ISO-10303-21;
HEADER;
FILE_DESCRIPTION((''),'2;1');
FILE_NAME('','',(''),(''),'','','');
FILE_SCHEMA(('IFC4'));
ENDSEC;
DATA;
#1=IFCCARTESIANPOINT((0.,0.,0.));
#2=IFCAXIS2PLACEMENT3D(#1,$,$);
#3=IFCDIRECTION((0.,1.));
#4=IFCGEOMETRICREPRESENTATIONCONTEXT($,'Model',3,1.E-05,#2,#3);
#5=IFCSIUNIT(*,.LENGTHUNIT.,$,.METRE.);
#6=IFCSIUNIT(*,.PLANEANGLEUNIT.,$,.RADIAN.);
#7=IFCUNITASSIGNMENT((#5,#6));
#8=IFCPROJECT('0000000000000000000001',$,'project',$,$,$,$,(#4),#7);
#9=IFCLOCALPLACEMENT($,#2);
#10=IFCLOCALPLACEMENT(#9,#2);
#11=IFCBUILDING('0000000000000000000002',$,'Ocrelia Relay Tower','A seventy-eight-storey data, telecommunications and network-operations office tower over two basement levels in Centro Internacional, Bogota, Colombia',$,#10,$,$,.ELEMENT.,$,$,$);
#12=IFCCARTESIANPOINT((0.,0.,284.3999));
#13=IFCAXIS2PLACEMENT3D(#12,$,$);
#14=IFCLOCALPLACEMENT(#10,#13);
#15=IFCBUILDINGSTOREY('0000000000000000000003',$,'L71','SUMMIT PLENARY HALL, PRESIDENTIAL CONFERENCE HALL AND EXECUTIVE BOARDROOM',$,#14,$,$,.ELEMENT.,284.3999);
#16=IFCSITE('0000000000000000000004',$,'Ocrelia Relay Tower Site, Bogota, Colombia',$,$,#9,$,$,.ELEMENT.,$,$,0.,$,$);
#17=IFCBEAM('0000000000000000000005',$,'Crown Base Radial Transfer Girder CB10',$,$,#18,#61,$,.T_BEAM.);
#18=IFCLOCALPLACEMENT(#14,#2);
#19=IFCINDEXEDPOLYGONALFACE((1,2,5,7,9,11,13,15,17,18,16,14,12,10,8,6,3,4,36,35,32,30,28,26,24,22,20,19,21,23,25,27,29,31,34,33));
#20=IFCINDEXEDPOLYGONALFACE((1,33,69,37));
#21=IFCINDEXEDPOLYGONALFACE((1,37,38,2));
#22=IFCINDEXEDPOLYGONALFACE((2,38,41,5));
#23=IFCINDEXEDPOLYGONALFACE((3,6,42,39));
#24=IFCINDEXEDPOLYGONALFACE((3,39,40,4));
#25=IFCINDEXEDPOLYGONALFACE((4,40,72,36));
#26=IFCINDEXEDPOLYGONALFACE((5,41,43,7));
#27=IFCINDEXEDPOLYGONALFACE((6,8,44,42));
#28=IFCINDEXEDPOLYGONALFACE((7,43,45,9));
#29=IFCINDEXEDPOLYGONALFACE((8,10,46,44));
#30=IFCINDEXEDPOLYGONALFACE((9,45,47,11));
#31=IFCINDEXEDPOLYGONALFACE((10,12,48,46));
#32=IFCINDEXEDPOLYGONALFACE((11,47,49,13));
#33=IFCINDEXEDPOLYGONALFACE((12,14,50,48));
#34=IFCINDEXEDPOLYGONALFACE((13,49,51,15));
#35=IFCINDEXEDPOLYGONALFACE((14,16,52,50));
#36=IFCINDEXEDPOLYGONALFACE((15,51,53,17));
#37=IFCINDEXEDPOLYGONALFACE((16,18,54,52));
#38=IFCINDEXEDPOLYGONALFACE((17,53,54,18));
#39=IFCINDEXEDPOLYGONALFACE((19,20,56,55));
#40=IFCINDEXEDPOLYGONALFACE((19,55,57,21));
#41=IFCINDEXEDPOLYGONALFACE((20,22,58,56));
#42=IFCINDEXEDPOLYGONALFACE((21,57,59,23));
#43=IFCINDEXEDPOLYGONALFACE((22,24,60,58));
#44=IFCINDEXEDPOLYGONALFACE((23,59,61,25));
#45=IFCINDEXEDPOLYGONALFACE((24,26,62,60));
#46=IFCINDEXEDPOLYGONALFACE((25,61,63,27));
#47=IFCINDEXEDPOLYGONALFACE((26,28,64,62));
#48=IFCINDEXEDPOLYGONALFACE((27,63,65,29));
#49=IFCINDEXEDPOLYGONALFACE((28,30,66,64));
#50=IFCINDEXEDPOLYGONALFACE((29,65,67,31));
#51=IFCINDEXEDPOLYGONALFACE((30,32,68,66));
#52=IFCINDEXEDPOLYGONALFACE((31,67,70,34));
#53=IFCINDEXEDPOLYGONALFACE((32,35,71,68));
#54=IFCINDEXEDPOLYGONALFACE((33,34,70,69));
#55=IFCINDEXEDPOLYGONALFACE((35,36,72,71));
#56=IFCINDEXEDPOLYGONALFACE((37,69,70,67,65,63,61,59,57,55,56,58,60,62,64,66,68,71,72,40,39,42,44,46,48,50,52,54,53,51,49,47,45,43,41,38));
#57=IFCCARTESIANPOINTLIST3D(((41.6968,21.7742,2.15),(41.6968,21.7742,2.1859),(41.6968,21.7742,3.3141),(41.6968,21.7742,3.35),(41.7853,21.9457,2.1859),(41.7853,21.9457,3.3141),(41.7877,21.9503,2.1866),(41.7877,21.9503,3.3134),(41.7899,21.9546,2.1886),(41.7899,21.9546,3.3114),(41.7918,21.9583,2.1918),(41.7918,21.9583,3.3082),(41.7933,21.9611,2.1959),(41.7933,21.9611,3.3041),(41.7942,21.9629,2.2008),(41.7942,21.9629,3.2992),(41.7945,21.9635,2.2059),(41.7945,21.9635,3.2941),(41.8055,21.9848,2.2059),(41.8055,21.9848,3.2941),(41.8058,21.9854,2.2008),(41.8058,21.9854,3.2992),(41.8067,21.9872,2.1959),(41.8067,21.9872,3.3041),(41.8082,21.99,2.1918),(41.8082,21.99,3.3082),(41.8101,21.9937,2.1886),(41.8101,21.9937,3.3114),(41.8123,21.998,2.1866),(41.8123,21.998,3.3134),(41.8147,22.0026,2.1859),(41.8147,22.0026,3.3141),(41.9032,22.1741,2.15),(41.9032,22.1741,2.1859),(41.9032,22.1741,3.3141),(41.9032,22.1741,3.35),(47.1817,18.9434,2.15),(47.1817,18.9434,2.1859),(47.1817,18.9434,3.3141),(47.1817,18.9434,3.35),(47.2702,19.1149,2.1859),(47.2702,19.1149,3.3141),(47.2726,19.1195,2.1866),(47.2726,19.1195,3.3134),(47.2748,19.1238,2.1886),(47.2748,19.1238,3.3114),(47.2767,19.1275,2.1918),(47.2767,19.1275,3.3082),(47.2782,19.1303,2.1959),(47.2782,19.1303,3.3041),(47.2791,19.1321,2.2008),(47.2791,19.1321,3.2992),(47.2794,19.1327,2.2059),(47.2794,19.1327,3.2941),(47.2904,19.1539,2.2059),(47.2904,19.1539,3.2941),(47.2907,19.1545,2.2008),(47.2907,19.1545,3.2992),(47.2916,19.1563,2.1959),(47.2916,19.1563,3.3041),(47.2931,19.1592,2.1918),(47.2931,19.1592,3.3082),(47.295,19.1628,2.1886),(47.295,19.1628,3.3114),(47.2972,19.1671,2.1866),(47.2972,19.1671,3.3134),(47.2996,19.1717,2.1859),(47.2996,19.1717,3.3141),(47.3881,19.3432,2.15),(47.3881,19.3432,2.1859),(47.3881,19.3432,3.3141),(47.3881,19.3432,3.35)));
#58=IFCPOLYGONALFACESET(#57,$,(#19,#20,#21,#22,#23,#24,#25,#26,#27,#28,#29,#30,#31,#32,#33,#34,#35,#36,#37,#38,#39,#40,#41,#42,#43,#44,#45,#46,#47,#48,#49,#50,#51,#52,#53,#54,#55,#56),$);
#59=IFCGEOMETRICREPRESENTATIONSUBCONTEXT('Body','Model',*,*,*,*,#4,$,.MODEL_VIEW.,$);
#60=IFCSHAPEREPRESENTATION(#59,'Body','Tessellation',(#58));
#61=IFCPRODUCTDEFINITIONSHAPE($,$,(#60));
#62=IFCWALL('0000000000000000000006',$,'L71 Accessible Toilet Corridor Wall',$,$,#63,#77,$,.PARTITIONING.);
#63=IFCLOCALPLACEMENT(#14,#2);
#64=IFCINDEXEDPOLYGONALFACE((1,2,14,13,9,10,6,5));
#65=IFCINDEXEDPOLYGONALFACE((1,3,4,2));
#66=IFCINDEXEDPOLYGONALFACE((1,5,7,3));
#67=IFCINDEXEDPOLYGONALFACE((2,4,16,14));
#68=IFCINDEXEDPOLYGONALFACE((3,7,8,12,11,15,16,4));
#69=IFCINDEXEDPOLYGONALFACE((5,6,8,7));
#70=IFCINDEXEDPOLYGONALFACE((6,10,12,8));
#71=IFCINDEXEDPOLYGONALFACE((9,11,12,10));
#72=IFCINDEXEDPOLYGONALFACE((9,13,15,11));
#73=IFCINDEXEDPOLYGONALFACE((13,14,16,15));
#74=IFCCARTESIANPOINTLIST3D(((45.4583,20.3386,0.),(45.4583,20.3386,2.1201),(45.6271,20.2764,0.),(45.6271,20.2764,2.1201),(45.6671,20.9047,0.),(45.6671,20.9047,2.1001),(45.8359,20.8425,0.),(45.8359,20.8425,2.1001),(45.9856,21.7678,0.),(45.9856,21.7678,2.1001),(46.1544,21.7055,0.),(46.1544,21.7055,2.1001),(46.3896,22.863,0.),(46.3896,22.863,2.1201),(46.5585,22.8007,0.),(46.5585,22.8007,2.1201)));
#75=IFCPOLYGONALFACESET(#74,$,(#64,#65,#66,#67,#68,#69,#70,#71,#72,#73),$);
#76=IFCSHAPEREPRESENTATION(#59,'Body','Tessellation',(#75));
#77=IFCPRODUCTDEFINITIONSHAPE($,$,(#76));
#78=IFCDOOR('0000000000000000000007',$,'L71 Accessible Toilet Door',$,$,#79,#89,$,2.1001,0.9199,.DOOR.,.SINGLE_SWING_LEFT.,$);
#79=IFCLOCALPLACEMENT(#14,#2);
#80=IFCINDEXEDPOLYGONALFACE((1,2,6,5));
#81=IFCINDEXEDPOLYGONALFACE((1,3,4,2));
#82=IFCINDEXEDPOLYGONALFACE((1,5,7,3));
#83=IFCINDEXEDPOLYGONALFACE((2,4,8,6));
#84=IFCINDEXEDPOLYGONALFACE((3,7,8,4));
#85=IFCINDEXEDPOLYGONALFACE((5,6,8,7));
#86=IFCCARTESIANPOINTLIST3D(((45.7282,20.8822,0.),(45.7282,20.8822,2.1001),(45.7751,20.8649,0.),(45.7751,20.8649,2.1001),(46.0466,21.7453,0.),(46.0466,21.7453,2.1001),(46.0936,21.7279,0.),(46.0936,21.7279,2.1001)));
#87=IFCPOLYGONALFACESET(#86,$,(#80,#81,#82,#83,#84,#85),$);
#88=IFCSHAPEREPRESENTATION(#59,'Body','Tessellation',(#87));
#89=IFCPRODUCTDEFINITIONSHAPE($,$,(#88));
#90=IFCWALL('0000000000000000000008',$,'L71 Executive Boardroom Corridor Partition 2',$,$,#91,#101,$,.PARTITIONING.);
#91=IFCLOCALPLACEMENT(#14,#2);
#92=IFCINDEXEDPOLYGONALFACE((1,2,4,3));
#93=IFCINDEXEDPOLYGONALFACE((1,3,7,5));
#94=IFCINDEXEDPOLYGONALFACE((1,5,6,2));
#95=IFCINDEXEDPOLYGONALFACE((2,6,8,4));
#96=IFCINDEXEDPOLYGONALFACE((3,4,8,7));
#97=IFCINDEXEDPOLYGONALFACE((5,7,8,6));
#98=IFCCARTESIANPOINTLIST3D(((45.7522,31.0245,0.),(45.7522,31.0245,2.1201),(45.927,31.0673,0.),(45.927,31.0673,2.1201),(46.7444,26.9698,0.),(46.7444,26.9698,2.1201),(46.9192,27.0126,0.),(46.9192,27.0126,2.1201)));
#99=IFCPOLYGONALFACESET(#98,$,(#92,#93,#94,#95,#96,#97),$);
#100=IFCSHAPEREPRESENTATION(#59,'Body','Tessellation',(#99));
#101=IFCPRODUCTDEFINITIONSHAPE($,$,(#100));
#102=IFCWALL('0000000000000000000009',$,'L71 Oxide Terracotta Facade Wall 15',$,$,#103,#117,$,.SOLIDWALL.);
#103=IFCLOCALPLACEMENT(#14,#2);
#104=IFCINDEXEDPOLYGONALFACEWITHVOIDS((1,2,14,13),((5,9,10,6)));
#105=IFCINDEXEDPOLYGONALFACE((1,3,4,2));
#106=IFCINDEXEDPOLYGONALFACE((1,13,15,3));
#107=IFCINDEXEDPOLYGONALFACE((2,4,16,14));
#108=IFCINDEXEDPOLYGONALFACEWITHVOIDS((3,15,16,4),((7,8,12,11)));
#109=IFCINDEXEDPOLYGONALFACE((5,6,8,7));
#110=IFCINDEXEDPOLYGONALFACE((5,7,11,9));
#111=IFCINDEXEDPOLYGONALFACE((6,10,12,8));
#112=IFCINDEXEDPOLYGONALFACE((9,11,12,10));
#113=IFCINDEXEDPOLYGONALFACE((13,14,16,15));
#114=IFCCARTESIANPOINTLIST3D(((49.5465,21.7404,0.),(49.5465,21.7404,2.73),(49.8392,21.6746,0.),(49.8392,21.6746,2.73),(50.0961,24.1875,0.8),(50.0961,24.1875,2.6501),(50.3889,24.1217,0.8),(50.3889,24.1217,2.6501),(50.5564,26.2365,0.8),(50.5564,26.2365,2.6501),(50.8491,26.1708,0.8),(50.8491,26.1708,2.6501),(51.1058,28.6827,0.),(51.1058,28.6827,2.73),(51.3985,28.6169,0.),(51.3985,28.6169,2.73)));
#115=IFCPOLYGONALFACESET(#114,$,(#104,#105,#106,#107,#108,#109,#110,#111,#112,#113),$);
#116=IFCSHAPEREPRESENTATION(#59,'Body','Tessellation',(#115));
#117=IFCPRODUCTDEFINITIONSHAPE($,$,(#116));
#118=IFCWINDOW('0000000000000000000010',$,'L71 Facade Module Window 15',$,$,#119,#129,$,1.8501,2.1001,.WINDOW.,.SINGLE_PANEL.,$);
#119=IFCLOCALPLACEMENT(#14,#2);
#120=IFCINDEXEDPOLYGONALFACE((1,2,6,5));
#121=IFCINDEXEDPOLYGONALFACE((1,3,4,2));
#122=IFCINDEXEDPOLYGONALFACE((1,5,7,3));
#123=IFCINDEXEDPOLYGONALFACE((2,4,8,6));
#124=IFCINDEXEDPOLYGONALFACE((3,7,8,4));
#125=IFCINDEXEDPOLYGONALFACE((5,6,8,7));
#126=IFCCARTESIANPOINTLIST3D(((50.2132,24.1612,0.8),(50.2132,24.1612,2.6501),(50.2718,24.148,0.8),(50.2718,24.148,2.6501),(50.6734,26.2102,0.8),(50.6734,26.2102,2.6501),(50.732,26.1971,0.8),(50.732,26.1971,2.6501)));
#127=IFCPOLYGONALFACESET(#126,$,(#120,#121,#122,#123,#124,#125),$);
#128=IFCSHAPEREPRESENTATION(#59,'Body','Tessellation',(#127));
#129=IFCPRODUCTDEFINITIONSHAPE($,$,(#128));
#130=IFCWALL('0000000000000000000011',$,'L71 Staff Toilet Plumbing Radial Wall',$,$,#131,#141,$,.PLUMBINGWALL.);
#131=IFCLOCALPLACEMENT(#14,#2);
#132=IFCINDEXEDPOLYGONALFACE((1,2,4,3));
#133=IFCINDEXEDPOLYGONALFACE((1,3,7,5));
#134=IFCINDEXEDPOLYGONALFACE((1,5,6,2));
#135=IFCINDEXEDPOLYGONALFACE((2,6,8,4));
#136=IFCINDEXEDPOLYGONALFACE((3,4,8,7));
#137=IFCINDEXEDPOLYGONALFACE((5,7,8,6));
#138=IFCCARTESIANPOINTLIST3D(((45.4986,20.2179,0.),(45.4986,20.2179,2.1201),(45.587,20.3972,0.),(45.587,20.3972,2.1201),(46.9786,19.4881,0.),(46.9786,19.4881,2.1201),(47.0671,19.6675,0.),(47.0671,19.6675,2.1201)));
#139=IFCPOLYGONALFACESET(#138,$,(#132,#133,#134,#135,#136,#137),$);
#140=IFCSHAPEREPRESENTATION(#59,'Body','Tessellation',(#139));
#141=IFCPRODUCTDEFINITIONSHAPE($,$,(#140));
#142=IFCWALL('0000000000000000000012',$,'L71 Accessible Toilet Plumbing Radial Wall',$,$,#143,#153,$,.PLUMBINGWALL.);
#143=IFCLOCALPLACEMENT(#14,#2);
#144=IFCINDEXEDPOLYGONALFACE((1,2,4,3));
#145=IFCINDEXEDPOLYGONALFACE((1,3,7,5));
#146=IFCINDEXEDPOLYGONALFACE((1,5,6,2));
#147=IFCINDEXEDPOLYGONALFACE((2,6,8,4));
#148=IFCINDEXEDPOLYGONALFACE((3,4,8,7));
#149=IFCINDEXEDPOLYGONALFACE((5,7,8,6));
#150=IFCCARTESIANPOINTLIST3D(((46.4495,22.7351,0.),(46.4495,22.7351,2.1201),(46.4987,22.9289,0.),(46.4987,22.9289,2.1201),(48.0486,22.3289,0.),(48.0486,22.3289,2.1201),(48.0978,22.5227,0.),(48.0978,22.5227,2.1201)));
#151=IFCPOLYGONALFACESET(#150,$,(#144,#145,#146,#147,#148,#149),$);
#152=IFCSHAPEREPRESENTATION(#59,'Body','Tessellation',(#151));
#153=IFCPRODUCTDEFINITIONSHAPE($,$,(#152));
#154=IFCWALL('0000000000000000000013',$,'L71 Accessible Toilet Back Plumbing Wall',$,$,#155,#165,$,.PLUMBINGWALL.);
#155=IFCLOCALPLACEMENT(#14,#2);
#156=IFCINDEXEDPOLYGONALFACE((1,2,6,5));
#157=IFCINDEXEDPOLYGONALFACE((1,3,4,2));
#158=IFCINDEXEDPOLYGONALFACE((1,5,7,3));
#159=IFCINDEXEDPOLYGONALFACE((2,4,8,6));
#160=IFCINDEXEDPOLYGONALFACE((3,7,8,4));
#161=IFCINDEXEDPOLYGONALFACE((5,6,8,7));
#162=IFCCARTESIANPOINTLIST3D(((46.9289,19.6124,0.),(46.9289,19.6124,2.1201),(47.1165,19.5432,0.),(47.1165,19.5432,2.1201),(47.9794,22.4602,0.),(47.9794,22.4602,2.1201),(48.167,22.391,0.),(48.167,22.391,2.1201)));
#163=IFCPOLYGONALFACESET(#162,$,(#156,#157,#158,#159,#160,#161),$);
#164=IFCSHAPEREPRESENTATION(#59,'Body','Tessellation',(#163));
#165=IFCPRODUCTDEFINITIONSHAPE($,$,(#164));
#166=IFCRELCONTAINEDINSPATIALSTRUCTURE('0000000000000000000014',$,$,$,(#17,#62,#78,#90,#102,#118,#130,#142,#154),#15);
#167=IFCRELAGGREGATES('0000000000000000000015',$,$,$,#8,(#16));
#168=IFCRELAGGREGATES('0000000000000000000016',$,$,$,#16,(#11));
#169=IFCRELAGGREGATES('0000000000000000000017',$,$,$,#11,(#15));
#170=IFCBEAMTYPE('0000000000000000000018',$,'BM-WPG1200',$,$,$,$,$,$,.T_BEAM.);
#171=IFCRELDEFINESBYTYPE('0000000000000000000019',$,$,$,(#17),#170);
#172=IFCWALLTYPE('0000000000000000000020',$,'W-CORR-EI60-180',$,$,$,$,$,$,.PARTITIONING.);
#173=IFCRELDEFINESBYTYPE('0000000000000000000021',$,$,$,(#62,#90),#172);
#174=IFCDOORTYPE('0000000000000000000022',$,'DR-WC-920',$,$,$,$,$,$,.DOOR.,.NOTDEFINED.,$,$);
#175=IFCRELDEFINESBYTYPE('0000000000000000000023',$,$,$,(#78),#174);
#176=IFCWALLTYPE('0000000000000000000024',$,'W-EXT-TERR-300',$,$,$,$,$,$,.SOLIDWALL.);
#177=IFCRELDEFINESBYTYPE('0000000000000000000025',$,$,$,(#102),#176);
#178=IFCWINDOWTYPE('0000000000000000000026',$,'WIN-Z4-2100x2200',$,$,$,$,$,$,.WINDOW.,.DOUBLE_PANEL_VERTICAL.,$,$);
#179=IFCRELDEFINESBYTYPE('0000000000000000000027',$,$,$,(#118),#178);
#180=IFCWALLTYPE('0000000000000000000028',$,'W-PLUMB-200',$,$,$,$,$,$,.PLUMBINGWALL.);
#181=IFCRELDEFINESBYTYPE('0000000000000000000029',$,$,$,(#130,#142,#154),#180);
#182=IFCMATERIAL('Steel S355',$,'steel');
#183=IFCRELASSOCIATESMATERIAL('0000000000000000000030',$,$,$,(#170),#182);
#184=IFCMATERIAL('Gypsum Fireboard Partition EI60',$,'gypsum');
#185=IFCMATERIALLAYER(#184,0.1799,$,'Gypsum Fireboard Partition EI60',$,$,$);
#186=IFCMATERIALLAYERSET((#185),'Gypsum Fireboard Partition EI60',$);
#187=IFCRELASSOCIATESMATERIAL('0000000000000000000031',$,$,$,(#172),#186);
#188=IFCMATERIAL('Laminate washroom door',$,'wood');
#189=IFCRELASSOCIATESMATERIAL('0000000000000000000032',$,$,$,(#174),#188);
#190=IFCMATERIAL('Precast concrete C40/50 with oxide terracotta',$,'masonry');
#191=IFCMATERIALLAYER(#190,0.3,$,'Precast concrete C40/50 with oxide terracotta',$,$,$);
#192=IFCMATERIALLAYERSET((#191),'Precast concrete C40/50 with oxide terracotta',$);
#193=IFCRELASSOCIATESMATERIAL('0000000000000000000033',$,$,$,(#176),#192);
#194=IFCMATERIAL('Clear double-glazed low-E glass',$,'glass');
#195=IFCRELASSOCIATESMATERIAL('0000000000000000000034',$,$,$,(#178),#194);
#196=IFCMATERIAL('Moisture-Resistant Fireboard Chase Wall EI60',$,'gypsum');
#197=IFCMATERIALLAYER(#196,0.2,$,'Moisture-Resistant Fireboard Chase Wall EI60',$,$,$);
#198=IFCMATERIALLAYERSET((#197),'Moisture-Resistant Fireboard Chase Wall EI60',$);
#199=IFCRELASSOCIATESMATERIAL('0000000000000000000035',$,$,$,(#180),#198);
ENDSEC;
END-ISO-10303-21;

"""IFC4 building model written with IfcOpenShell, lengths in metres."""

from ifc_helpers import new_model, si_unit, direction, frame, frame_2d, origin, origin_2d, place, context, subcontext, project, spatial, rectangle, i_section, extrude, material, layer, layer_set, material_profile, profile_set, type_object, element, fill, save


model = new_model("IFC4")

# Units and contexts
model_context = context("Model", 3, precision=1e-05, world=origin(), true_north=direction((0.0, 1.0)))
body_context = subcontext(model_context, "Body", "Model", "MODEL_VIEW")
ifc_project = project(units=[si_unit("LENGTHUNIT", "METRE"), si_unit("PLANEANGLEUNIT", "RADIAN")], contexts=[model_context])

# Site, building, storey
site_placement = place(None, origin())
site = spatial("IfcSite", under=ifc_project, at=site_placement, Name="Ocrelia Relay Tower Site, Bogota, Colombia", CompositionType="ELEMENT", RefElevation=0.0)
building_placement = place(site_placement, origin())
building = spatial("IfcBuilding", under=site, at=building_placement, Name="Ocrelia Relay Tower", Description="A seventy-eight-storey data, telecommunications and network-operations office tower over two basement levels in Centro Internacional, Bogota, Colombia", CompositionType="ELEMENT")
storey_placement = place(building_placement, frame((0.0, 0.0, 284.3999)))
storey = spatial("IfcBuildingStorey", under=building, at=storey_placement, Name="L71", Description="SUMMIT PLENARY HALL, PRESIDENTIAL CONFERENCE HALL AND EXECUTIVE BOARDROOM", CompositionType="ELEMENT", Elevation=284.3999)

# Beam
ifc_material_1 = material(Name="Steel S355", Category="steel")
ifc_material_profile_1 = material_profile(ifc_material_1, i_section(OverallWidth=0.45, OverallDepth=1.2, WebThickness=0.0239, FlangeThickness=0.0359, FilletRadius=0.02, at=origin_2d()), Name="WPG 1200x450")
ifc_profile_set_1 = profile_set([ifc_material_profile_1], Name="Steel S355")
beam_type_1 = type_object("IfcBeamType", Name="BM-WPG1200", PredefinedType="T_BEAM", material=ifc_profile_set_1)
beam_1_placement = place(storey_placement, frame((47.2849, 19.1433, 2.75), z_axis=(-0.888626, 0.458632, 0.0), x_axis=(-0.458632, -0.888626, 0.0)))
element("IfcBeam", 1, at=beam_1_placement, inside=storey, type_object=beam_type_1, Name="Crown Base Radial Transfer Girder CB10", PredefinedType="T_BEAM", context=body_context, shape_type="SweptSolid", body=[
    extrude(i_section(OverallWidth=0.45, OverallDepth=1.2, WebThickness=0.0239, FlangeThickness=0.0359, FilletRadius=0.02, at=origin_2d()), origin(), (0.0, 0.0, 1.0), 6.1724),
])

# Wall, opening, door
ifc_material_2 = material(Name="Gypsum Fireboard Partition EI60", Category="gypsum")
ifc_layer_1 = layer(ifc_material_2, 0.1799, Name="Gypsum Fireboard Partition EI60")
ifc_layer_set_1 = layer_set([ifc_layer_1], Name="Gypsum Fireboard Partition EI60")
wall_type_1 = type_object("IfcWallType", Name="W-CORR-EI60-180", PredefinedType="PARTITIONING", material=ifc_layer_set_1)
wall_1_placement = place(storey_placement, frame((45.5427, 20.3076, 0.0), z_axis=(0.0, 0.0, 1.0), x_axis=(0.346147, 0.93818, 0.0)))
wall_1 = element("IfcWall", 2, at=wall_1_placement, inside=storey, type_object=wall_type_1, Name="L71 Accessible Toilet Corridor Wall", PredefinedType="PARTITIONING", context=body_context, shape_type="SweptSolid", body=[
    extrude(rectangle(XDim=2.6907, YDim=0.1799, at=frame_2d((1.3452, 0.0))), origin(), (0.0, 0.0, 1.0), 2.1201),
])
opening_1_placement = place(wall_1_placement, frame((0.6033, 0.0, 0.0)))
opening_1 = element("IfcOpeningElement", 3, at=opening_1_placement, cuts=wall_1, PredefinedType="OPENING", context=body_context, shape_type="SweptSolid", body=[
    extrude(rectangle(XDim=0.9199, YDim=2.1001, at=frame_2d((0.46, 1.05))), frame((0.0, 0.1001, 0.0), z_axis=(0.0, -1.0, 0.0), x_axis=(1.0, 0.0, 0.0)), (0.0, 0.0, 1.0), 0.2),
])
ifc_material_3 = material(Name="Laminate washroom door", Category="wood")
door_type_1 = type_object("IfcDoorType", Name="DR-WC-920", OperationType="NOTDEFINED", PredefinedType="DOOR", material=ifc_material_3)
door_1_placement = place(opening_1_placement, origin())
door_1 = element("IfcDoor", 4, at=door_1_placement, inside=storey, type_object=door_type_1, Name="L71 Accessible Toilet Door", OperationType="SINGLE_SWING_LEFT", OverallHeight=2.1001, OverallWidth=0.9199, PredefinedType="DOOR", context=body_context, shape_type="SweptSolid", body=[
    extrude(rectangle(XDim=0.9199, YDim=2.1001, at=frame_2d((0.46, 1.05))), frame((0.0, 0.0249, 0.0), z_axis=(0.0, -1.0, 0.0), x_axis=(1.0, 0.0, 0.0)), (0.0, 0.0, 1.0), 0.05),
])
fill(opening_1, door_1)

# Wall
wall_2_placement = place(storey_placement, frame((46.8318, 26.9912, 0.0), z_axis=(0.0, 0.0, 1.0), x_axis=(-0.237689, 0.971341, 0.0)))
element("IfcWall", 5, at=wall_2_placement, inside=storey, type_object=wall_type_1, Name="L71 Executive Boardroom Corridor Partition 2", PredefinedType="PARTITIONING", context=body_context, shape_type="SweptSolid", body=[
    extrude(rectangle(XDim=4.1743, YDim=0.1799, at=frame_2d((2.0872, 0.0))), origin(), (0.0, 0.0, 1.0), 2.1201),
])

# Wall, opening, window
ifc_material_4 = material(Name="Precast concrete C40/50 with oxide terracotta", Category="masonry")
ifc_layer_2 = layer(ifc_material_4, 0.3, Name="Precast concrete C40/50 with oxide terracotta")
ifc_layer_set_2 = layer_set([ifc_layer_2], Name="Precast concrete C40/50 with oxide terracotta")
wall_type_2 = type_object("IfcWallType", Name="W-EXT-TERR-300", PredefinedType="SOLIDWALL", material=ifc_layer_set_2)
wall_3_placement = place(storey_placement, frame((49.6929, 21.7075, 0.0), z_axis=(0.0, 0.0, 1.0), x_axis=(0.21915, 0.975691, 0.0)))
wall_3 = element("IfcWall", 6, at=wall_3_placement, inside=storey, type_object=wall_type_2, Name="L71 Oxide Terracotta Facade Wall 15", PredefinedType="SOLIDWALL", context=body_context, shape_type="SweptSolid", body=[
    extrude(rectangle(XDim=7.1152, YDim=0.3, at=frame_2d((3.5576, 0.0))), origin(), (0.0, 0.0, 1.0), 2.73),
])
opening_2_placement = place(wall_3_placement, frame((2.5081, 0.0, 0.8)))
opening_2 = element("IfcOpeningElement", 7, at=opening_2_placement, cuts=wall_3, PredefinedType="OPENING", context=body_context, shape_type="SweptSolid", body=[
    extrude(rectangle(XDim=2.1001, YDim=1.8501, at=frame_2d((1.05, 0.925))), frame((0.0, 0.1602, 0.0), z_axis=(0.0, -1.0, 0.0), x_axis=(1.0, 0.0, 0.0)), (0.0, 0.0, 1.0), 0.3201),
])
ifc_material_5 = material(Name="Clear double-glazed low-E glass", Category="glass")
window_type = type_object("IfcWindowType", Name="WIN-Z4-2100x2200", PartitioningType="DOUBLE_PANEL_VERTICAL", PredefinedType="WINDOW", material=ifc_material_5)
window_placement = place(opening_2_placement, origin())
window = element("IfcWindow", 8, at=window_placement, inside=storey, type_object=window_type, Name="L71 Facade Module Window 15", OverallHeight=1.8501, OverallWidth=2.1001, PartitioningType="SINGLE_PANEL", PredefinedType="WINDOW", context=body_context, shape_type="SweptSolid", body=[
    extrude(rectangle(XDim=2.1001, YDim=1.8501, at=frame_2d((1.05, 0.925))), frame((0.0, 0.03, 0.0), z_axis=(0.0, -1.0, 0.0), x_axis=(1.0, 0.0, 0.0)), (0.0, 0.0, 1.0), 0.0601),
])
fill(opening_2, window)

# Walls
ifc_material_6 = material(Name="Moisture-Resistant Fireboard Chase Wall EI60", Category="gypsum")
ifc_layer_3 = layer(ifc_material_6, 0.2, Name="Moisture-Resistant Fireboard Chase Wall EI60")
ifc_layer_set_3 = layer_set([ifc_layer_3], Name="Moisture-Resistant Fireboard Chase Wall EI60")
wall_type_3 = type_object("IfcWallType", Name="W-PLUMB-200", PredefinedType="PLUMBINGWALL", material=ifc_layer_set_3)
wall_4_placement = place(storey_placement, frame((45.5427, 20.3076, 0.0), z_axis=(0.0, 0.0, 1.0), x_axis=(0.896899, -0.442235, 0.0)))
element("IfcWall", 9, at=wall_4_placement, inside=storey, type_object=wall_type_3, Name="L71 Staff Toilet Plumbing Radial Wall", PredefinedType="PLUMBINGWALL", context=body_context, shape_type="SweptSolid", body=[
    extrude(rectangle(XDim=1.6501, YDim=0.2, at=frame_2d((0.8252, 0.0))), origin(), (0.0, 0.0, 1.0), 2.1201),
])
wall_5_placement = place(storey_placement, frame((46.4741, 22.832, 0.0), z_axis=(0.0, 0.0, 1.0), x_axis=(0.969213, -0.246224, 0.0)))
element("IfcWall", 10, at=wall_5_placement, inside=storey, type_object=wall_type_3, Name="L71 Accessible Toilet Plumbing Radial Wall", PredefinedType="PLUMBINGWALL", context=body_context, shape_type="SweptSolid", body=[
    extrude(rectangle(XDim=1.6499, YDim=0.2, at=frame_2d((0.825, 0.0))), origin(), (0.0, 0.0, 1.0), 2.1201),
])
wall_6_placement = place(storey_placement, frame((47.0227, 19.5779, 0.0), z_axis=(0.0, 0.0, 1.0), x_axis=(0.346086, 0.938203, 0.0)))
element("IfcWall", 11, at=wall_6_placement, inside=storey, type_object=wall_type_3, Name="L71 Accessible Toilet Back Plumbing Wall", PredefinedType="PLUMBINGWALL", context=body_context, shape_type="SweptSolid", body=[
    extrude(rectangle(XDim=3.0354, YDim=0.2, at=frame_2d((1.5176, 0.0))), origin(), (0.0, 0.0, 1.0), 2.1201),
])

save(model, "model.ifc")
